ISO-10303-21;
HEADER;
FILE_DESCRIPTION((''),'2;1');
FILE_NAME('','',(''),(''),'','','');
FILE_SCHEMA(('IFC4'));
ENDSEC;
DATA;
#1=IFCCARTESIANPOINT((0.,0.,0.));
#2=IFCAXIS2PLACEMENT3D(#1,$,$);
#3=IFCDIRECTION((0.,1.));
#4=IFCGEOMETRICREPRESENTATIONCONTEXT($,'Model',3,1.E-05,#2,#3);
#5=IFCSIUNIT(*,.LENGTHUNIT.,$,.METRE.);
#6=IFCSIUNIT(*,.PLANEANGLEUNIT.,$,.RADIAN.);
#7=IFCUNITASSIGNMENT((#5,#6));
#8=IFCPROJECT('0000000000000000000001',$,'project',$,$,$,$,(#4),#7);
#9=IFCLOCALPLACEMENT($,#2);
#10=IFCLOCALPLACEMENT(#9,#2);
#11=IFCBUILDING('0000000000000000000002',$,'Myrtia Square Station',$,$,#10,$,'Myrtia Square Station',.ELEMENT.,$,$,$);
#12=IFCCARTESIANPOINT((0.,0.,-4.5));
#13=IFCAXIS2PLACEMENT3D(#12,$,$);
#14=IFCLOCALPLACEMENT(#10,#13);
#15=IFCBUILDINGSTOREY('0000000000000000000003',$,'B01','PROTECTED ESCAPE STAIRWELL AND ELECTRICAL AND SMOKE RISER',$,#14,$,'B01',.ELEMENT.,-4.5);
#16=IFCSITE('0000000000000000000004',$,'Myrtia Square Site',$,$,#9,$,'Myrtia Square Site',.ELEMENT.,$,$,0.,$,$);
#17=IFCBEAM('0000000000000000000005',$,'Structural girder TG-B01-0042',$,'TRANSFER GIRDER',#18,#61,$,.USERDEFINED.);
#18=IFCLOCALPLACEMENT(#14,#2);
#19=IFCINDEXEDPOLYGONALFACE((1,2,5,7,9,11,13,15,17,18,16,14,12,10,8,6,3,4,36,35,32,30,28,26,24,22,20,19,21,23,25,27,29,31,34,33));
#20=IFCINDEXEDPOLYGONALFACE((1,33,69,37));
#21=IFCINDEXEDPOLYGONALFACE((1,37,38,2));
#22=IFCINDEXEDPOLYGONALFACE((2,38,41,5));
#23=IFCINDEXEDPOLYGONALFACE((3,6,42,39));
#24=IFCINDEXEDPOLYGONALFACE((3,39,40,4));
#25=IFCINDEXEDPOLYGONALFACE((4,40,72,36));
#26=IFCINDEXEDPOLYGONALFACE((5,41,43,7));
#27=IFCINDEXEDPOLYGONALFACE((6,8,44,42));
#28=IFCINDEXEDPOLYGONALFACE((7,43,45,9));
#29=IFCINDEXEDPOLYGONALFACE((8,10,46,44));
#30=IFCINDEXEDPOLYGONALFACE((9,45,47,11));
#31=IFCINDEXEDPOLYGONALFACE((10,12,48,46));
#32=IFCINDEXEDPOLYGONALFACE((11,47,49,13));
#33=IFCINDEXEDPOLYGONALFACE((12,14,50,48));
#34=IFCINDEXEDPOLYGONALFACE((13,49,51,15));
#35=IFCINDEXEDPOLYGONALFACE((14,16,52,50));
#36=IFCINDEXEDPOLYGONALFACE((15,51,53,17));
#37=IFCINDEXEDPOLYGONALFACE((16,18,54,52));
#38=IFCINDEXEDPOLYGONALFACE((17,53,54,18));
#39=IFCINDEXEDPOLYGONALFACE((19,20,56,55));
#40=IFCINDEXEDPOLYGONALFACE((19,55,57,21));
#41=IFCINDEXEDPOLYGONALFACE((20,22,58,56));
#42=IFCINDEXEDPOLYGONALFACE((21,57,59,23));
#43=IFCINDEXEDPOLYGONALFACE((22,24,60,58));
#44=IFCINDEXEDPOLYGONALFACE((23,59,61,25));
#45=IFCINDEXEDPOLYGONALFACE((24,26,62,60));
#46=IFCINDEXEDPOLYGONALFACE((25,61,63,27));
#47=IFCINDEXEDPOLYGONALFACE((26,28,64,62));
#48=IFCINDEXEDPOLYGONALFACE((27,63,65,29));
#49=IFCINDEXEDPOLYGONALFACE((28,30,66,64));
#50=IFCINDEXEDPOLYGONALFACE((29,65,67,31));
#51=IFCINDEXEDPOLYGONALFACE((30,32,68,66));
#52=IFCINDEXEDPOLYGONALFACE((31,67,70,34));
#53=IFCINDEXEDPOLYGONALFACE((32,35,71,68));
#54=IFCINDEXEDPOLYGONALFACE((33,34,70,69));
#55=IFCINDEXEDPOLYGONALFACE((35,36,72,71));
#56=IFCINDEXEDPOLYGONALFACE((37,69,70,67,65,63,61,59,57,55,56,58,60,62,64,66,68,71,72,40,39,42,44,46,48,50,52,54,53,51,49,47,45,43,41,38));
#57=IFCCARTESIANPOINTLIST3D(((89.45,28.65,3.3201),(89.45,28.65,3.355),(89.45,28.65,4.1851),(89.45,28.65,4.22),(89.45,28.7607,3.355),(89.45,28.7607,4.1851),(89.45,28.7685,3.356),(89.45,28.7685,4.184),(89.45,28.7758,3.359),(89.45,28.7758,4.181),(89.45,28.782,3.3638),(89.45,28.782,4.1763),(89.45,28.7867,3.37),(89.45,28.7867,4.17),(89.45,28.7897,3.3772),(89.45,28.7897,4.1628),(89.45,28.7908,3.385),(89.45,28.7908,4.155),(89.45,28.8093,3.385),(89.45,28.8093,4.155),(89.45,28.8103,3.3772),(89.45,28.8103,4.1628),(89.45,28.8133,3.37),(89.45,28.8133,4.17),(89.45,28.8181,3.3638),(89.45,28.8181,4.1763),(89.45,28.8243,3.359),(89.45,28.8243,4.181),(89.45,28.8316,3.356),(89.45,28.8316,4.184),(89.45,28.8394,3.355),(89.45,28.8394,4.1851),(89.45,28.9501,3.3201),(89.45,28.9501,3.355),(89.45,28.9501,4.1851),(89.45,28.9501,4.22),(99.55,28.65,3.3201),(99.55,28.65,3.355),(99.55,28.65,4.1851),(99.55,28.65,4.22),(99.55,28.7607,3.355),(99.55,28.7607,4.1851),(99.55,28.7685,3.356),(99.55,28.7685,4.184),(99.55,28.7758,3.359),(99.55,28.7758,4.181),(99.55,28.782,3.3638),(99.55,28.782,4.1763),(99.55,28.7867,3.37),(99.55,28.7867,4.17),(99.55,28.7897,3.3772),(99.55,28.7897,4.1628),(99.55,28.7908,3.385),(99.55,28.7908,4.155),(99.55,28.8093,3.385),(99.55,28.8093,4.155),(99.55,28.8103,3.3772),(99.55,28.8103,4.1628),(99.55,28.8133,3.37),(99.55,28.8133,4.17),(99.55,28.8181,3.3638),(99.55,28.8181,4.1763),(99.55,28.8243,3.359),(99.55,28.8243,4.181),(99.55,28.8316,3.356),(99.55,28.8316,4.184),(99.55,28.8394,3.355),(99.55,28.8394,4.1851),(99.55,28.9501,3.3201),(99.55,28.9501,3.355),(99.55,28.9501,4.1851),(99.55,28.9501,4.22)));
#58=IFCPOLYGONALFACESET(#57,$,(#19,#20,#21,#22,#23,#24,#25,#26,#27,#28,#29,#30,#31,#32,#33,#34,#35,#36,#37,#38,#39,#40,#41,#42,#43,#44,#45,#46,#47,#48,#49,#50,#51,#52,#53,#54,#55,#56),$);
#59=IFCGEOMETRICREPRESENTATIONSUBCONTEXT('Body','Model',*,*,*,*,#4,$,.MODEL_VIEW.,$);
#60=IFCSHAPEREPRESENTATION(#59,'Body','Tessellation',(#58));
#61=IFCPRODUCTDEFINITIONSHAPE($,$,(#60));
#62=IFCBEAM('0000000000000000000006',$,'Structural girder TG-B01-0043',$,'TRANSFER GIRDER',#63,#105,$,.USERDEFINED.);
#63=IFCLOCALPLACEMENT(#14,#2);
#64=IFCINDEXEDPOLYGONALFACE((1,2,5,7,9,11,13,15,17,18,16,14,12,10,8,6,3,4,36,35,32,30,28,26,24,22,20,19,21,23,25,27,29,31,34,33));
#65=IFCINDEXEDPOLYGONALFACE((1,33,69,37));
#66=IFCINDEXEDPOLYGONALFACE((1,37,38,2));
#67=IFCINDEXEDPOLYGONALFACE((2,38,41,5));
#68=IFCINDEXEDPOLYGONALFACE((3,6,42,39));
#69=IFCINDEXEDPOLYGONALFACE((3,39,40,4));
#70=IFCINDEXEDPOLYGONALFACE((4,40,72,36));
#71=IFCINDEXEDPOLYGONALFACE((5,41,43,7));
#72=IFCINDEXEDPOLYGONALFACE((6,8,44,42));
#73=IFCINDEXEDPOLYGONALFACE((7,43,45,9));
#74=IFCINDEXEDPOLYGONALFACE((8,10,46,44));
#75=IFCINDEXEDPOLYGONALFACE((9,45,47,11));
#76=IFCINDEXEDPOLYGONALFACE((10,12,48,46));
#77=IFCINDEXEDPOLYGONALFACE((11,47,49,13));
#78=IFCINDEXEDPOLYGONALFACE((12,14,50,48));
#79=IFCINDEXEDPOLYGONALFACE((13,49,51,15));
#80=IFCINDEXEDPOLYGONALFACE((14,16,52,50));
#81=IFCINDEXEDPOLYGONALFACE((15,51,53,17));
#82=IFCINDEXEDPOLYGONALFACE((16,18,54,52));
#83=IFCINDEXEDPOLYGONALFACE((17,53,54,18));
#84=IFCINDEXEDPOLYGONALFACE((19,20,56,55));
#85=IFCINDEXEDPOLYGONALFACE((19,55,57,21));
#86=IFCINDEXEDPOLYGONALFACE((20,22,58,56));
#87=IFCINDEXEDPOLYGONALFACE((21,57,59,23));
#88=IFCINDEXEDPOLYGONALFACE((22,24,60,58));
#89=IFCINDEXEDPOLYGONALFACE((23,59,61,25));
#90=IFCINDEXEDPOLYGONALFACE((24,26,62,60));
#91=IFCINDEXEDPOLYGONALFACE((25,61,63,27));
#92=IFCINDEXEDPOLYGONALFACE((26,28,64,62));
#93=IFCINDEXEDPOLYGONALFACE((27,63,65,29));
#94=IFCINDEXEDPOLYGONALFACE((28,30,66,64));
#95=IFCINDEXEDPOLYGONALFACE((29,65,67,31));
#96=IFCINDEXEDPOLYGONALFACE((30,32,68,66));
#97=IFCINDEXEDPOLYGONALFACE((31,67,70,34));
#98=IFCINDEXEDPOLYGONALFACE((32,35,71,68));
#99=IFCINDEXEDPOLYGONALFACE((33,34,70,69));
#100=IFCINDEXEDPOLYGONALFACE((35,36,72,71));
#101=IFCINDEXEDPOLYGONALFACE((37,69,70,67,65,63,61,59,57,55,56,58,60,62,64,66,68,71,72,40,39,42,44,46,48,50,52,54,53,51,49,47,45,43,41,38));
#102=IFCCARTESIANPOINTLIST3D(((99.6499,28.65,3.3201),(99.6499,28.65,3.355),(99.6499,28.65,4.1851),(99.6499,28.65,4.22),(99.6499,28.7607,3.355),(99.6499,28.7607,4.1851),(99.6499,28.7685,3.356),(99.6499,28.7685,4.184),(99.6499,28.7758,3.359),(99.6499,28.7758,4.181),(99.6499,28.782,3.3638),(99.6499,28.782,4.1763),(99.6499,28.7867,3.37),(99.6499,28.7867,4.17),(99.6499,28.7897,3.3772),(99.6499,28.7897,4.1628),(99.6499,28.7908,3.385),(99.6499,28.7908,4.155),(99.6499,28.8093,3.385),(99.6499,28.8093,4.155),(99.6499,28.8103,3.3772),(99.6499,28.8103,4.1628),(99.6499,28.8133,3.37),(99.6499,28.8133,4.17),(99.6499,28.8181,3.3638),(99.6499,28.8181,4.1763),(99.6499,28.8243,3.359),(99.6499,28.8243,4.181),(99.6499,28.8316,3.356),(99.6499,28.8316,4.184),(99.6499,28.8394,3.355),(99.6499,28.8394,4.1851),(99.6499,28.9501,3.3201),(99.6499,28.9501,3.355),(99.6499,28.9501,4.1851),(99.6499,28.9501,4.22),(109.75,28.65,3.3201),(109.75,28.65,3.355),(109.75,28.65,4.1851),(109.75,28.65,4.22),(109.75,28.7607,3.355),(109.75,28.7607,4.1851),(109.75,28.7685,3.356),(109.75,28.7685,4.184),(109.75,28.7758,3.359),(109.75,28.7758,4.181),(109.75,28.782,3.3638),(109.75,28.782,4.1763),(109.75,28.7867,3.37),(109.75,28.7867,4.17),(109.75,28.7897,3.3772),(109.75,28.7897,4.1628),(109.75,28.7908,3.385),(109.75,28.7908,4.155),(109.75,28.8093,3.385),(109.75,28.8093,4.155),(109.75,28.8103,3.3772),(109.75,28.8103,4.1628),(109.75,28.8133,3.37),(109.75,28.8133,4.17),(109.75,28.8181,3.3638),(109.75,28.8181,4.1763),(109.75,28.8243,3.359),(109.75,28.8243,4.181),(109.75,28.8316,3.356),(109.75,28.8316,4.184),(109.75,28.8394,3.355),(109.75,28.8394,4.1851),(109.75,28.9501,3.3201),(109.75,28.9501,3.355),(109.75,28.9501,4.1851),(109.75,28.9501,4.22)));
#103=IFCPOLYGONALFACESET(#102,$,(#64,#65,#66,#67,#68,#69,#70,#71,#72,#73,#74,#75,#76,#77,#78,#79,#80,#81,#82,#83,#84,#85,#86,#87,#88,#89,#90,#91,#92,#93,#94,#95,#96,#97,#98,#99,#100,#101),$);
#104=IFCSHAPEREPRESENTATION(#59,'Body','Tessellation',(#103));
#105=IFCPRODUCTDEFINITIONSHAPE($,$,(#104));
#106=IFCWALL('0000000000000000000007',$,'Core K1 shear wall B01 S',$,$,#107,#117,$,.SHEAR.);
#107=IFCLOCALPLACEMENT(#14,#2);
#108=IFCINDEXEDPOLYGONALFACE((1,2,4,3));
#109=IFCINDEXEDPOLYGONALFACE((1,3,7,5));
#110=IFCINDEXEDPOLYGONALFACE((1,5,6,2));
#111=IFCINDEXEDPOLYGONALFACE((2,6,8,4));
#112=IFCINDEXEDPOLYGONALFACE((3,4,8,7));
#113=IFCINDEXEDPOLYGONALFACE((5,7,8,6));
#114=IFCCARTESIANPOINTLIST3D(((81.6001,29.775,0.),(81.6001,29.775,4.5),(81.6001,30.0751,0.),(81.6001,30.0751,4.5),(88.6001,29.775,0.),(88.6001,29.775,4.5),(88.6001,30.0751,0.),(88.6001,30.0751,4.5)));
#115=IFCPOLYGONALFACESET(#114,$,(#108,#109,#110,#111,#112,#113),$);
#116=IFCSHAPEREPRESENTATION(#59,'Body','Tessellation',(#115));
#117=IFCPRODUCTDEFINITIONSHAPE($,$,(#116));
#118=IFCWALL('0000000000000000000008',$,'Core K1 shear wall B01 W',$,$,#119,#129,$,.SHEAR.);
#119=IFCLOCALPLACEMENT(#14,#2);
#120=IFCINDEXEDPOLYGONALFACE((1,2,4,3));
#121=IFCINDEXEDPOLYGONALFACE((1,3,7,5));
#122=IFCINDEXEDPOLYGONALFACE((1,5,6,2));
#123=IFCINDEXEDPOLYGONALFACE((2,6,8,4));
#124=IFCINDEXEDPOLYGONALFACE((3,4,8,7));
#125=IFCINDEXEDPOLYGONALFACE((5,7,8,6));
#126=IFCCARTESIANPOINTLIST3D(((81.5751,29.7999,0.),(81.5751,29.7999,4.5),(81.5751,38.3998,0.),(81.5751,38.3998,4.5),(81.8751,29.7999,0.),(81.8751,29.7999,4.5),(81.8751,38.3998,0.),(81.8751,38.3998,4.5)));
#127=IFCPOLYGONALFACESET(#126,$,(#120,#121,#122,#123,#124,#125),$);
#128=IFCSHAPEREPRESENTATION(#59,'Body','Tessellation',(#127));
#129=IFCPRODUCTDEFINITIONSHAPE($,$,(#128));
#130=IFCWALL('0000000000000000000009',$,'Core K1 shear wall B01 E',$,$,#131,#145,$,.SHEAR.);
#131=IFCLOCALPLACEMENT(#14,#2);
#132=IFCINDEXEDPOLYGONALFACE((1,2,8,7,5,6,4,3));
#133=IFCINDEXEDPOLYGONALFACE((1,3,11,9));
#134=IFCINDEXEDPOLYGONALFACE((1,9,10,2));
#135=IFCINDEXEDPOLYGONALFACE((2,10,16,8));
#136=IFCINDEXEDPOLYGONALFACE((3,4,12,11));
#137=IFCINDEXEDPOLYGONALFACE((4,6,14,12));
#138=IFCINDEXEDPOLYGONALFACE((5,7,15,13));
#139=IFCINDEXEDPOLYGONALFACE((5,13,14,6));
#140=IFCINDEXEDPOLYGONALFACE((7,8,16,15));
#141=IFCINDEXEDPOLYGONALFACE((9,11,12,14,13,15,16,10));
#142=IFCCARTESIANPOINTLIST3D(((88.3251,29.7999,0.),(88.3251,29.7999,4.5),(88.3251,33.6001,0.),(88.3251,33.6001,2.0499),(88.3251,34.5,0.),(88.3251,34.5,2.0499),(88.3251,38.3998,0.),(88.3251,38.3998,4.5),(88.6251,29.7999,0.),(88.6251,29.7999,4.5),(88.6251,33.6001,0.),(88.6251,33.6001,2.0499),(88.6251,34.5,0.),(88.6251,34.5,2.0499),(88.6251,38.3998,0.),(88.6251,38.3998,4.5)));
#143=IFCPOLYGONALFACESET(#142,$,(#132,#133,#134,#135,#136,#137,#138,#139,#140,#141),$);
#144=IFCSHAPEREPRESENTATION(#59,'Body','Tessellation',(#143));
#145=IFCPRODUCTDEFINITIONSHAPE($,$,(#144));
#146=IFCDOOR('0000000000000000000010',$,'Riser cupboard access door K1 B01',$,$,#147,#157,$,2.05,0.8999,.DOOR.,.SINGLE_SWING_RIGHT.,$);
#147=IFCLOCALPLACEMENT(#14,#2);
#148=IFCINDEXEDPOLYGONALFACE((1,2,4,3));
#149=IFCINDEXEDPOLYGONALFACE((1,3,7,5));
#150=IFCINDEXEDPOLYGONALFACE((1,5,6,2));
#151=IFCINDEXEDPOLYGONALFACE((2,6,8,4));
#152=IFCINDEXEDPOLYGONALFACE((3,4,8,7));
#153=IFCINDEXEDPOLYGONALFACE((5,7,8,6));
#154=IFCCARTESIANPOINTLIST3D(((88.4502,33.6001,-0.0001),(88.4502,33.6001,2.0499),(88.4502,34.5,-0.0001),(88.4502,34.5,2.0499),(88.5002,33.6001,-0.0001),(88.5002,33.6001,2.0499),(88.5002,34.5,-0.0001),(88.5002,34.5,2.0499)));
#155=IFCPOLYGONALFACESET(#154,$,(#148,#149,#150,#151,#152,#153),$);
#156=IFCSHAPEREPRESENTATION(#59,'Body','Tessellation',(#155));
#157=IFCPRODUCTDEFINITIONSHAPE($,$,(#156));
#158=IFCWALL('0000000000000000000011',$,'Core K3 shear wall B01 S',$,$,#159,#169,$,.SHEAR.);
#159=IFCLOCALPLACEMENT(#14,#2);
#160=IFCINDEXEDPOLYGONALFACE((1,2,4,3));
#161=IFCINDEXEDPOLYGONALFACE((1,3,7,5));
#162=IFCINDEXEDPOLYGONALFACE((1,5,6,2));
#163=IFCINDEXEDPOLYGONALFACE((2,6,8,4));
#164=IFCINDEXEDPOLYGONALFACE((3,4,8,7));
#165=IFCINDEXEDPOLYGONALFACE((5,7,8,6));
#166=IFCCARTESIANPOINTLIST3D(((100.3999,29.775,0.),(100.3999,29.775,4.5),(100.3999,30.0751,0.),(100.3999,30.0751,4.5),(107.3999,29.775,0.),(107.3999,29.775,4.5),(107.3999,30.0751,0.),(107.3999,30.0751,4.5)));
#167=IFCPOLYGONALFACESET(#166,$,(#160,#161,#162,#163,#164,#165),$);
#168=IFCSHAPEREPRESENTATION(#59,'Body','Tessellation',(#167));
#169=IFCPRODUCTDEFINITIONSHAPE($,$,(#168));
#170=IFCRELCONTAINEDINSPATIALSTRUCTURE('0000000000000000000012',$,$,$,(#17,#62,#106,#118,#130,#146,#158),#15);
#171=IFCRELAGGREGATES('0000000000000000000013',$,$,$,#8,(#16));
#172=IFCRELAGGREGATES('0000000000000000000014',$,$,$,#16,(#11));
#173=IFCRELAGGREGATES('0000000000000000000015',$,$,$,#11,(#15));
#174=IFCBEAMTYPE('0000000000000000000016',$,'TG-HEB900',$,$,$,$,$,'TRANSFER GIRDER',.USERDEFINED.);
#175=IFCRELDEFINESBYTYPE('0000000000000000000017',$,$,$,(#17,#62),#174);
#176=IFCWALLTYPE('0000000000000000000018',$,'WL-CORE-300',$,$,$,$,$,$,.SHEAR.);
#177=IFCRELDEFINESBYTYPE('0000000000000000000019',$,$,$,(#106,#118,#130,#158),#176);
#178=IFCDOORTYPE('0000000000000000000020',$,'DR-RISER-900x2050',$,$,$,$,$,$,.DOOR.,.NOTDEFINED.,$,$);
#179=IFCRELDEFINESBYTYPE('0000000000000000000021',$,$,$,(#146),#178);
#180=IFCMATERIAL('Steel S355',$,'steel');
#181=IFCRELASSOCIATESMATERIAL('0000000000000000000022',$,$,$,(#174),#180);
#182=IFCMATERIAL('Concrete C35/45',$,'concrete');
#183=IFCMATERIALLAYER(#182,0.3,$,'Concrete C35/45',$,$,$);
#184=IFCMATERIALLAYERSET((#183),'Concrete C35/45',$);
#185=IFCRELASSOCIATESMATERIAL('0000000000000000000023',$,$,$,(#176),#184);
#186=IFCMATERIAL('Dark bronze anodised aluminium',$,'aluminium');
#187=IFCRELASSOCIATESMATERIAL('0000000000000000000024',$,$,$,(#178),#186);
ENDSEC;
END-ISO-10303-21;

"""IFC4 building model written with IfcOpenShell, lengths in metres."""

from ifc_helpers import new_model, si_unit, direction, frame, frame_2d, origin, origin_2d, place, context, subcontext, project, spatial, rectangle, i_section, extrude, material, layer, layer_set, material_profile, profile_set, type_object, element, fill, save


model = new_model("IFC4")

# Units and contexts
model_context = context("Model", 3, precision=1e-05, world=origin(), true_north=direction((0.0, 1.0)))
body_context = subcontext(model_context, "Body", "Model", "MODEL_VIEW")
ifc_project = project(units=[si_unit("LENGTHUNIT", "METRE"), si_unit("PLANEANGLEUNIT", "RADIAN")], contexts=[model_context])

# Site, building, storey
site_placement = place(None, origin())
site = spatial("IfcSite", under=ifc_project, at=site_placement, Name="Myrtia Square Site", LongName="Myrtia Square Site", CompositionType="ELEMENT", RefElevation=0.0)
building_placement = place(site_placement, origin())
building = spatial("IfcBuilding", under=site, at=building_placement, Name="Myrtia Square Station", LongName="Myrtia Square Station", CompositionType="ELEMENT")
storey_placement = place(building_placement, frame((0.0, 0.0, -4.5)))
storey = spatial("IfcBuildingStorey", under=building, at=storey_placement, Name="B01", Description="PROTECTED ESCAPE STAIRWELL AND ELECTRICAL AND SMOKE RISER", LongName="B01", CompositionType="ELEMENT", Elevation=-4.5)

# Shared definitions
ifc_material_1 = material(Name="Concrete C35/45", Category="concrete")

# Beams
ifc_material_2 = material(Name="Steel S355", Category="steel")
ifc_material_profile_1 = material_profile(ifc_material_2, i_section(OverallWidth=0.3, OverallDepth=0.8999, WebThickness=0.0186, FlangeThickness=0.0349, FilletRadius=0.03, at=origin_2d()), Name="HEB 900")
ifc_profile_set_1 = profile_set([ifc_material_profile_1], Name="Steel S355")
beam_type_1 = type_object("IfcBeamType", Name="TG-HEB900", ElementType="TRANSFER GIRDER", PredefinedType="USERDEFINED", material=ifc_profile_set_1)
for number, where, z_axis, x_axis, name in (
    (1, (89.45, 28.8, 3.77), (1.0, 0.0, 0.0), (0.0, 1.0, 0.0), "Structural girder TG-B01-0042"),
    (2, (99.6499, 28.8, 3.77), (1.0, 0.0, 0.0), (0.0, 1.0, 0.0), "Structural girder TG-B01-0043"),
):
    element("IfcBeam", number, at=place(storey_placement, frame(where, z_axis=z_axis, x_axis=x_axis)), inside=storey, type_object=beam_type_1, Name=name, ObjectType="TRANSFER GIRDER", PredefinedType="USERDEFINED", context=body_context, shape_type="SweptSolid", body=[
        extrude(i_section(OverallWidth=0.3, OverallDepth=0.8999, WebThickness=0.0186, FlangeThickness=0.0349, FilletRadius=0.03, at=origin_2d()), origin(), (0.0, 0.0, 1.0), 10.1001),
    ])

# Walls
ifc_layer_1 = layer(ifc_material_1, 0.3, Name="Concrete C35/45")
ifc_layer_set_1 = layer_set([ifc_layer_1], Name="Concrete C35/45")
wall_type_1 = type_object("IfcWallType", Name="WL-CORE-300", PredefinedType="SHEAR", material=ifc_layer_set_1)
wall_1_placement = place(storey_placement, frame((81.6001, 29.925, 0.0), z_axis=(0.0, 0.0, 1.0), x_axis=(1.0, 0.0, 0.0)))
element("IfcWall", 3, at=wall_1_placement, inside=storey, type_object=wall_type_1, Name="Core K1 shear wall B01 S", PredefinedType="SHEAR", context=body_context, shape_type="SweptSolid", body=[
    extrude(rectangle(XDim=7.0, YDim=0.3, at=frame_2d((3.5, 0.0))), origin(), (0.0, 0.0, 1.0), 4.5),
])
wall_2_placement = place(storey_placement, frame((81.7251, 29.8, 0.0), z_axis=(0.0, 0.0, 1.0), x_axis=(0.0, 1.0, 0.0)))
element("IfcWall", 4, at=wall_2_placement, inside=storey, type_object=wall_type_1, Name="Core K1 shear wall B01 W", PredefinedType="SHEAR", context=body_context, shape_type="SweptSolid", body=[
    extrude(rectangle(XDim=8.5999, YDim=0.3, at=frame_2d((4.2998, 0.0))), origin(), (0.0, 0.0, 1.0), 4.5),
])

# Wall, opening, door
wall_3_placement = place(storey_placement, frame((88.4751, 29.8, 0.0), z_axis=(0.0, 0.0, 1.0), x_axis=(0.0, 1.0, 0.0)))
wall_3 = element("IfcWall", 5, at=wall_3_placement, inside=storey, type_object=wall_type_1, Name="Core K1 shear wall B01 E", PredefinedType="SHEAR", context=body_context, shape_type="SweptSolid", body=[
    extrude(rectangle(XDim=8.5999, YDim=0.3, at=frame_2d((4.2998, 0.0))), origin(), (0.0, 0.0, 1.0), 4.5),
])
opening_1_placement = place(wall_3_placement, frame((3.8, 0.0, 0.0)))
opening_1 = element("IfcOpeningElement", 6, at=opening_1_placement, cuts=wall_3, PredefinedType="OPENING", context=body_context, shape_type="SweptSolid", body=[
    extrude(rectangle(XDim=0.8999, YDim=2.05, at=frame_2d((0.45, 1.0249))), frame((0.0, 0.165, 0.0), z_axis=(0.0, -1.0, 0.0), x_axis=(1.0, 0.0, 0.0)), (0.0, 0.0, 1.0), 0.3301),
])
ifc_material_3 = material(Name="Dark bronze anodised aluminium", Category="aluminium")
door_type_1 = type_object("IfcDoorType", Name="DR-RISER-900x2050", OperationType="NOTDEFINED", PredefinedType="DOOR", material=ifc_material_3)
door_1_placement = place(opening_1_placement, origin())
door_1 = element("IfcDoor", 7, at=door_1_placement, inside=storey, type_object=door_type_1, Name="Riser cupboard access door K1 B01", OperationType="SINGLE_SWING_RIGHT", OverallHeight=2.05, OverallWidth=0.8999, PredefinedType="DOOR", context=body_context, shape_type="SweptSolid", body=[
    extrude(rectangle(XDim=0.8999, YDim=2.05, at=frame_2d((0.45, 1.0249))), frame((0.0, 0.0249, 0.0), z_axis=(0.0, -1.0, 0.0), x_axis=(1.0, 0.0, 0.0)), (0.0, 0.0, 1.0), 0.05),
])
fill(opening_1, door_1)

# Wall
wall_4_placement = place(storey_placement, frame((100.3999, 29.925, 0.0), z_axis=(0.0, 0.0, 1.0), x_axis=(1.0, 0.0, 0.0)))
element("IfcWall", 8, at=wall_4_placement, inside=storey, type_object=wall_type_1, Name="Core K3 shear wall B01 S", PredefinedType="SHEAR", context=body_context, shape_type="SweptSolid", body=[
    extrude(rectangle(XDim=7.0, YDim=0.3, at=frame_2d((3.5, 0.0))), origin(), (0.0, 0.0, 1.0), 4.5),
])

save(model, "model.ifc")
